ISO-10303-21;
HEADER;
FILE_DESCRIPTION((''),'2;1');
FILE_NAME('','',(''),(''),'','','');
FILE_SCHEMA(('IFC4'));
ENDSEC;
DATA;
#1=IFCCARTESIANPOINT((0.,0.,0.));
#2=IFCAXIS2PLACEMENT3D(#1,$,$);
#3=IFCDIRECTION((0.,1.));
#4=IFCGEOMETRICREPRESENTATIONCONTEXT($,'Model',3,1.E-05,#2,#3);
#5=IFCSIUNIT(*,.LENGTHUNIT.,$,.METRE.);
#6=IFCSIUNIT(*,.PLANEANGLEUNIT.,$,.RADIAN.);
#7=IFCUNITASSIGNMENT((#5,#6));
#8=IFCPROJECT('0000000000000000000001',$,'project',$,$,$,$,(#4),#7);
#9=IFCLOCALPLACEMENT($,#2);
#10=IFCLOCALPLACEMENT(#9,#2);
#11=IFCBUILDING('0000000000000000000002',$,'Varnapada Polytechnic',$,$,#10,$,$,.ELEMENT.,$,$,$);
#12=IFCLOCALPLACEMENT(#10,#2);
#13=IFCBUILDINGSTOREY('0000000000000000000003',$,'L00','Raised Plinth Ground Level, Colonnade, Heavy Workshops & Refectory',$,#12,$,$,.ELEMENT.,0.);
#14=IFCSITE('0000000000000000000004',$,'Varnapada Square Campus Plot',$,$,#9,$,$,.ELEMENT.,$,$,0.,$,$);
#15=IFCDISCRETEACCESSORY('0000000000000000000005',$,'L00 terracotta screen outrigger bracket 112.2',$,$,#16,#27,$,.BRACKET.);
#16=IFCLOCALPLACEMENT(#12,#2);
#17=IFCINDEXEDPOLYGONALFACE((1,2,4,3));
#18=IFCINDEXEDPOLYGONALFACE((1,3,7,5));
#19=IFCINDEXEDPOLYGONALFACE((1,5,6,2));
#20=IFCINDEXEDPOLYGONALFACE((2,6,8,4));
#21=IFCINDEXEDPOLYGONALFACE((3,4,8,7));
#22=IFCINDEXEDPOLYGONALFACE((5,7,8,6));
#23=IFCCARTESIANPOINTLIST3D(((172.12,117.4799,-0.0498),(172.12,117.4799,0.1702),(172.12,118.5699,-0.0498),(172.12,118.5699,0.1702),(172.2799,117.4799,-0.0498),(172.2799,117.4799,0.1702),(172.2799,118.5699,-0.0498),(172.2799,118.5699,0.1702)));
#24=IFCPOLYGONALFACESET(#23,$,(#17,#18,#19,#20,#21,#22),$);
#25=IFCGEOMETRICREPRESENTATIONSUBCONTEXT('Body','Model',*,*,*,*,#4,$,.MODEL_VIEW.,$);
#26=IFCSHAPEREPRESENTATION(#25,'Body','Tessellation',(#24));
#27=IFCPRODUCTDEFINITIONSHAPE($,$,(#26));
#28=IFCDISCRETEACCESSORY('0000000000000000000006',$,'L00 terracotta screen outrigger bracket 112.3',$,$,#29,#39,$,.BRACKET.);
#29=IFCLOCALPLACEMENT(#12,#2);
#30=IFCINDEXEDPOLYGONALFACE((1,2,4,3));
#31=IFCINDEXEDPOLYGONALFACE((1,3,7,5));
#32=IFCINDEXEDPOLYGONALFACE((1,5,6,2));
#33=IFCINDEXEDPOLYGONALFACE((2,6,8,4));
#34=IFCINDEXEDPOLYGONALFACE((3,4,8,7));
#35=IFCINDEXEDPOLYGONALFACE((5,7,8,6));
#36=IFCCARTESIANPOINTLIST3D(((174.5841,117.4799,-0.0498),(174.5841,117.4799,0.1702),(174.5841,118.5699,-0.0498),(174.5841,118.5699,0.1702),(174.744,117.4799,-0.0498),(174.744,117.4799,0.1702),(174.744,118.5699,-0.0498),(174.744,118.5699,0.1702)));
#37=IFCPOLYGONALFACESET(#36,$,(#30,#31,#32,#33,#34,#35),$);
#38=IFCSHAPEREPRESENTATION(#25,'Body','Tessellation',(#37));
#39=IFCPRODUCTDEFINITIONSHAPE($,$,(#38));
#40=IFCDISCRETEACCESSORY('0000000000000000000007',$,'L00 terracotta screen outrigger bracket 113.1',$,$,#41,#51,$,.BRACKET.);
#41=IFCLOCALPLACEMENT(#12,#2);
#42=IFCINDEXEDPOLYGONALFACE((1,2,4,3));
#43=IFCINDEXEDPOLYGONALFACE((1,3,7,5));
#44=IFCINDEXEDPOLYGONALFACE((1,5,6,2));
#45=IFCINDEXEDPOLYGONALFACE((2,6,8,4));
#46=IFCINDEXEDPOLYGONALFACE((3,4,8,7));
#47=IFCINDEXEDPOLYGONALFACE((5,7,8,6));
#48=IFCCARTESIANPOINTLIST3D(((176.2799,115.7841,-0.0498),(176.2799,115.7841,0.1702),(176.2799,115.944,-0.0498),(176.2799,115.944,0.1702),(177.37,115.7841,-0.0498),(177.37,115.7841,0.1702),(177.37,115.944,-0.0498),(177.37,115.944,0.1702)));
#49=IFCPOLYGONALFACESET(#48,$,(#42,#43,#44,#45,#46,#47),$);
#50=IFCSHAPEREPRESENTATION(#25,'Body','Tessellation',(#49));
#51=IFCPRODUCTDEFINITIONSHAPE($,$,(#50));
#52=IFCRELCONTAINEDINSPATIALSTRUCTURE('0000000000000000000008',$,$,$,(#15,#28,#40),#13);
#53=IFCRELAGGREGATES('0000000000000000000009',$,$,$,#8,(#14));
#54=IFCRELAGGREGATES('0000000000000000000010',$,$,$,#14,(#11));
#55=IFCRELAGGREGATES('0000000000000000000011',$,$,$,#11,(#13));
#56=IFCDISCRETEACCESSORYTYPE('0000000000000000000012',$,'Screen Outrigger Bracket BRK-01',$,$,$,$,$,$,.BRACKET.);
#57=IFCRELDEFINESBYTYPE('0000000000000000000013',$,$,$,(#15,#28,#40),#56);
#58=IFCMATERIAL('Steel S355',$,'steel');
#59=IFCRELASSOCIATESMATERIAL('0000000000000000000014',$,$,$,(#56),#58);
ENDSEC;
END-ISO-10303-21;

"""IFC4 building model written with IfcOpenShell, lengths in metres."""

from ifc_helpers import new_model, si_unit, direction, frame, origin, origin_2d, place, context, subcontext, project, spatial, rectangle, extrude, material, type_object, element, save


model = new_model("IFC4")

# Units and contexts
model_context = context("Model", 3, precision=1e-05, world=origin(), true_north=direction((0.0, 1.0)))
body_context = subcontext(model_context, "Body", "Model", "MODEL_VIEW")
ifc_project = project(units=[si_unit("LENGTHUNIT", "METRE"), si_unit("PLANEANGLEUNIT", "RADIAN")], contexts=[model_context])

# Site, building, storey
site_placement = place(None, origin())
site = spatial("IfcSite", under=ifc_project, at=site_placement, Name="Varnapada Square Campus Plot", CompositionType="ELEMENT", RefElevation=0.0)
building_placement = place(site_placement, origin())
building = spatial("IfcBuilding", under=site, at=building_placement, Name="Varnapada Polytechnic", CompositionType="ELEMENT")
storey_placement = place(building_placement, origin())
storey = spatial("IfcBuildingStorey", under=building, at=storey_placement, Name="L00", Description="Raised Plinth Ground Level, Colonnade, Heavy Workshops & Refectory", CompositionType="ELEMENT", Elevation=0.0)

# Discrete accessories
ifc_material_1 = material(Name="Steel S355", Category="steel")
discrete_accessory_type = type_object("IfcDiscreteAccessoryType", Name="Screen Outrigger Bracket BRK-01", PredefinedType="BRACKET", material=ifc_material_1)
for number, where, z_axis, x_axis, name in (
    (1, (172.2, 118.0249, -0.0498), (0.0, 0.0, 1.0), (1.0, 0.0, 0.0), "L00 terracotta screen outrigger bracket 112.2"),
    (2, (174.6641, 118.0249, -0.0498), (0.0, 0.0, 1.0), (1.0, 0.0, 0.0), "L00 terracotta screen outrigger bracket 112.3"),
    (3, (176.825, 115.864, -0.0498), (0.0, 0.0, 1.0), (0.0, -1.0, 0.0), "L00 terracotta screen outrigger bracket 113.1"),
):
    element("IfcDiscreteAccessory", number, at=place(storey_placement, frame(where, z_axis=z_axis, x_axis=x_axis)), inside=storey, type_object=discrete_accessory_type, Name=name, PredefinedType="BRACKET", context=body_context, shape_type="SweptSolid", body=[
        extrude(rectangle(XDim=0.1599, YDim=1.0901, at=origin_2d()), origin(), (0.0, 0.0, 1.0), 0.22),
    ])

save(model, "model.ifc")
